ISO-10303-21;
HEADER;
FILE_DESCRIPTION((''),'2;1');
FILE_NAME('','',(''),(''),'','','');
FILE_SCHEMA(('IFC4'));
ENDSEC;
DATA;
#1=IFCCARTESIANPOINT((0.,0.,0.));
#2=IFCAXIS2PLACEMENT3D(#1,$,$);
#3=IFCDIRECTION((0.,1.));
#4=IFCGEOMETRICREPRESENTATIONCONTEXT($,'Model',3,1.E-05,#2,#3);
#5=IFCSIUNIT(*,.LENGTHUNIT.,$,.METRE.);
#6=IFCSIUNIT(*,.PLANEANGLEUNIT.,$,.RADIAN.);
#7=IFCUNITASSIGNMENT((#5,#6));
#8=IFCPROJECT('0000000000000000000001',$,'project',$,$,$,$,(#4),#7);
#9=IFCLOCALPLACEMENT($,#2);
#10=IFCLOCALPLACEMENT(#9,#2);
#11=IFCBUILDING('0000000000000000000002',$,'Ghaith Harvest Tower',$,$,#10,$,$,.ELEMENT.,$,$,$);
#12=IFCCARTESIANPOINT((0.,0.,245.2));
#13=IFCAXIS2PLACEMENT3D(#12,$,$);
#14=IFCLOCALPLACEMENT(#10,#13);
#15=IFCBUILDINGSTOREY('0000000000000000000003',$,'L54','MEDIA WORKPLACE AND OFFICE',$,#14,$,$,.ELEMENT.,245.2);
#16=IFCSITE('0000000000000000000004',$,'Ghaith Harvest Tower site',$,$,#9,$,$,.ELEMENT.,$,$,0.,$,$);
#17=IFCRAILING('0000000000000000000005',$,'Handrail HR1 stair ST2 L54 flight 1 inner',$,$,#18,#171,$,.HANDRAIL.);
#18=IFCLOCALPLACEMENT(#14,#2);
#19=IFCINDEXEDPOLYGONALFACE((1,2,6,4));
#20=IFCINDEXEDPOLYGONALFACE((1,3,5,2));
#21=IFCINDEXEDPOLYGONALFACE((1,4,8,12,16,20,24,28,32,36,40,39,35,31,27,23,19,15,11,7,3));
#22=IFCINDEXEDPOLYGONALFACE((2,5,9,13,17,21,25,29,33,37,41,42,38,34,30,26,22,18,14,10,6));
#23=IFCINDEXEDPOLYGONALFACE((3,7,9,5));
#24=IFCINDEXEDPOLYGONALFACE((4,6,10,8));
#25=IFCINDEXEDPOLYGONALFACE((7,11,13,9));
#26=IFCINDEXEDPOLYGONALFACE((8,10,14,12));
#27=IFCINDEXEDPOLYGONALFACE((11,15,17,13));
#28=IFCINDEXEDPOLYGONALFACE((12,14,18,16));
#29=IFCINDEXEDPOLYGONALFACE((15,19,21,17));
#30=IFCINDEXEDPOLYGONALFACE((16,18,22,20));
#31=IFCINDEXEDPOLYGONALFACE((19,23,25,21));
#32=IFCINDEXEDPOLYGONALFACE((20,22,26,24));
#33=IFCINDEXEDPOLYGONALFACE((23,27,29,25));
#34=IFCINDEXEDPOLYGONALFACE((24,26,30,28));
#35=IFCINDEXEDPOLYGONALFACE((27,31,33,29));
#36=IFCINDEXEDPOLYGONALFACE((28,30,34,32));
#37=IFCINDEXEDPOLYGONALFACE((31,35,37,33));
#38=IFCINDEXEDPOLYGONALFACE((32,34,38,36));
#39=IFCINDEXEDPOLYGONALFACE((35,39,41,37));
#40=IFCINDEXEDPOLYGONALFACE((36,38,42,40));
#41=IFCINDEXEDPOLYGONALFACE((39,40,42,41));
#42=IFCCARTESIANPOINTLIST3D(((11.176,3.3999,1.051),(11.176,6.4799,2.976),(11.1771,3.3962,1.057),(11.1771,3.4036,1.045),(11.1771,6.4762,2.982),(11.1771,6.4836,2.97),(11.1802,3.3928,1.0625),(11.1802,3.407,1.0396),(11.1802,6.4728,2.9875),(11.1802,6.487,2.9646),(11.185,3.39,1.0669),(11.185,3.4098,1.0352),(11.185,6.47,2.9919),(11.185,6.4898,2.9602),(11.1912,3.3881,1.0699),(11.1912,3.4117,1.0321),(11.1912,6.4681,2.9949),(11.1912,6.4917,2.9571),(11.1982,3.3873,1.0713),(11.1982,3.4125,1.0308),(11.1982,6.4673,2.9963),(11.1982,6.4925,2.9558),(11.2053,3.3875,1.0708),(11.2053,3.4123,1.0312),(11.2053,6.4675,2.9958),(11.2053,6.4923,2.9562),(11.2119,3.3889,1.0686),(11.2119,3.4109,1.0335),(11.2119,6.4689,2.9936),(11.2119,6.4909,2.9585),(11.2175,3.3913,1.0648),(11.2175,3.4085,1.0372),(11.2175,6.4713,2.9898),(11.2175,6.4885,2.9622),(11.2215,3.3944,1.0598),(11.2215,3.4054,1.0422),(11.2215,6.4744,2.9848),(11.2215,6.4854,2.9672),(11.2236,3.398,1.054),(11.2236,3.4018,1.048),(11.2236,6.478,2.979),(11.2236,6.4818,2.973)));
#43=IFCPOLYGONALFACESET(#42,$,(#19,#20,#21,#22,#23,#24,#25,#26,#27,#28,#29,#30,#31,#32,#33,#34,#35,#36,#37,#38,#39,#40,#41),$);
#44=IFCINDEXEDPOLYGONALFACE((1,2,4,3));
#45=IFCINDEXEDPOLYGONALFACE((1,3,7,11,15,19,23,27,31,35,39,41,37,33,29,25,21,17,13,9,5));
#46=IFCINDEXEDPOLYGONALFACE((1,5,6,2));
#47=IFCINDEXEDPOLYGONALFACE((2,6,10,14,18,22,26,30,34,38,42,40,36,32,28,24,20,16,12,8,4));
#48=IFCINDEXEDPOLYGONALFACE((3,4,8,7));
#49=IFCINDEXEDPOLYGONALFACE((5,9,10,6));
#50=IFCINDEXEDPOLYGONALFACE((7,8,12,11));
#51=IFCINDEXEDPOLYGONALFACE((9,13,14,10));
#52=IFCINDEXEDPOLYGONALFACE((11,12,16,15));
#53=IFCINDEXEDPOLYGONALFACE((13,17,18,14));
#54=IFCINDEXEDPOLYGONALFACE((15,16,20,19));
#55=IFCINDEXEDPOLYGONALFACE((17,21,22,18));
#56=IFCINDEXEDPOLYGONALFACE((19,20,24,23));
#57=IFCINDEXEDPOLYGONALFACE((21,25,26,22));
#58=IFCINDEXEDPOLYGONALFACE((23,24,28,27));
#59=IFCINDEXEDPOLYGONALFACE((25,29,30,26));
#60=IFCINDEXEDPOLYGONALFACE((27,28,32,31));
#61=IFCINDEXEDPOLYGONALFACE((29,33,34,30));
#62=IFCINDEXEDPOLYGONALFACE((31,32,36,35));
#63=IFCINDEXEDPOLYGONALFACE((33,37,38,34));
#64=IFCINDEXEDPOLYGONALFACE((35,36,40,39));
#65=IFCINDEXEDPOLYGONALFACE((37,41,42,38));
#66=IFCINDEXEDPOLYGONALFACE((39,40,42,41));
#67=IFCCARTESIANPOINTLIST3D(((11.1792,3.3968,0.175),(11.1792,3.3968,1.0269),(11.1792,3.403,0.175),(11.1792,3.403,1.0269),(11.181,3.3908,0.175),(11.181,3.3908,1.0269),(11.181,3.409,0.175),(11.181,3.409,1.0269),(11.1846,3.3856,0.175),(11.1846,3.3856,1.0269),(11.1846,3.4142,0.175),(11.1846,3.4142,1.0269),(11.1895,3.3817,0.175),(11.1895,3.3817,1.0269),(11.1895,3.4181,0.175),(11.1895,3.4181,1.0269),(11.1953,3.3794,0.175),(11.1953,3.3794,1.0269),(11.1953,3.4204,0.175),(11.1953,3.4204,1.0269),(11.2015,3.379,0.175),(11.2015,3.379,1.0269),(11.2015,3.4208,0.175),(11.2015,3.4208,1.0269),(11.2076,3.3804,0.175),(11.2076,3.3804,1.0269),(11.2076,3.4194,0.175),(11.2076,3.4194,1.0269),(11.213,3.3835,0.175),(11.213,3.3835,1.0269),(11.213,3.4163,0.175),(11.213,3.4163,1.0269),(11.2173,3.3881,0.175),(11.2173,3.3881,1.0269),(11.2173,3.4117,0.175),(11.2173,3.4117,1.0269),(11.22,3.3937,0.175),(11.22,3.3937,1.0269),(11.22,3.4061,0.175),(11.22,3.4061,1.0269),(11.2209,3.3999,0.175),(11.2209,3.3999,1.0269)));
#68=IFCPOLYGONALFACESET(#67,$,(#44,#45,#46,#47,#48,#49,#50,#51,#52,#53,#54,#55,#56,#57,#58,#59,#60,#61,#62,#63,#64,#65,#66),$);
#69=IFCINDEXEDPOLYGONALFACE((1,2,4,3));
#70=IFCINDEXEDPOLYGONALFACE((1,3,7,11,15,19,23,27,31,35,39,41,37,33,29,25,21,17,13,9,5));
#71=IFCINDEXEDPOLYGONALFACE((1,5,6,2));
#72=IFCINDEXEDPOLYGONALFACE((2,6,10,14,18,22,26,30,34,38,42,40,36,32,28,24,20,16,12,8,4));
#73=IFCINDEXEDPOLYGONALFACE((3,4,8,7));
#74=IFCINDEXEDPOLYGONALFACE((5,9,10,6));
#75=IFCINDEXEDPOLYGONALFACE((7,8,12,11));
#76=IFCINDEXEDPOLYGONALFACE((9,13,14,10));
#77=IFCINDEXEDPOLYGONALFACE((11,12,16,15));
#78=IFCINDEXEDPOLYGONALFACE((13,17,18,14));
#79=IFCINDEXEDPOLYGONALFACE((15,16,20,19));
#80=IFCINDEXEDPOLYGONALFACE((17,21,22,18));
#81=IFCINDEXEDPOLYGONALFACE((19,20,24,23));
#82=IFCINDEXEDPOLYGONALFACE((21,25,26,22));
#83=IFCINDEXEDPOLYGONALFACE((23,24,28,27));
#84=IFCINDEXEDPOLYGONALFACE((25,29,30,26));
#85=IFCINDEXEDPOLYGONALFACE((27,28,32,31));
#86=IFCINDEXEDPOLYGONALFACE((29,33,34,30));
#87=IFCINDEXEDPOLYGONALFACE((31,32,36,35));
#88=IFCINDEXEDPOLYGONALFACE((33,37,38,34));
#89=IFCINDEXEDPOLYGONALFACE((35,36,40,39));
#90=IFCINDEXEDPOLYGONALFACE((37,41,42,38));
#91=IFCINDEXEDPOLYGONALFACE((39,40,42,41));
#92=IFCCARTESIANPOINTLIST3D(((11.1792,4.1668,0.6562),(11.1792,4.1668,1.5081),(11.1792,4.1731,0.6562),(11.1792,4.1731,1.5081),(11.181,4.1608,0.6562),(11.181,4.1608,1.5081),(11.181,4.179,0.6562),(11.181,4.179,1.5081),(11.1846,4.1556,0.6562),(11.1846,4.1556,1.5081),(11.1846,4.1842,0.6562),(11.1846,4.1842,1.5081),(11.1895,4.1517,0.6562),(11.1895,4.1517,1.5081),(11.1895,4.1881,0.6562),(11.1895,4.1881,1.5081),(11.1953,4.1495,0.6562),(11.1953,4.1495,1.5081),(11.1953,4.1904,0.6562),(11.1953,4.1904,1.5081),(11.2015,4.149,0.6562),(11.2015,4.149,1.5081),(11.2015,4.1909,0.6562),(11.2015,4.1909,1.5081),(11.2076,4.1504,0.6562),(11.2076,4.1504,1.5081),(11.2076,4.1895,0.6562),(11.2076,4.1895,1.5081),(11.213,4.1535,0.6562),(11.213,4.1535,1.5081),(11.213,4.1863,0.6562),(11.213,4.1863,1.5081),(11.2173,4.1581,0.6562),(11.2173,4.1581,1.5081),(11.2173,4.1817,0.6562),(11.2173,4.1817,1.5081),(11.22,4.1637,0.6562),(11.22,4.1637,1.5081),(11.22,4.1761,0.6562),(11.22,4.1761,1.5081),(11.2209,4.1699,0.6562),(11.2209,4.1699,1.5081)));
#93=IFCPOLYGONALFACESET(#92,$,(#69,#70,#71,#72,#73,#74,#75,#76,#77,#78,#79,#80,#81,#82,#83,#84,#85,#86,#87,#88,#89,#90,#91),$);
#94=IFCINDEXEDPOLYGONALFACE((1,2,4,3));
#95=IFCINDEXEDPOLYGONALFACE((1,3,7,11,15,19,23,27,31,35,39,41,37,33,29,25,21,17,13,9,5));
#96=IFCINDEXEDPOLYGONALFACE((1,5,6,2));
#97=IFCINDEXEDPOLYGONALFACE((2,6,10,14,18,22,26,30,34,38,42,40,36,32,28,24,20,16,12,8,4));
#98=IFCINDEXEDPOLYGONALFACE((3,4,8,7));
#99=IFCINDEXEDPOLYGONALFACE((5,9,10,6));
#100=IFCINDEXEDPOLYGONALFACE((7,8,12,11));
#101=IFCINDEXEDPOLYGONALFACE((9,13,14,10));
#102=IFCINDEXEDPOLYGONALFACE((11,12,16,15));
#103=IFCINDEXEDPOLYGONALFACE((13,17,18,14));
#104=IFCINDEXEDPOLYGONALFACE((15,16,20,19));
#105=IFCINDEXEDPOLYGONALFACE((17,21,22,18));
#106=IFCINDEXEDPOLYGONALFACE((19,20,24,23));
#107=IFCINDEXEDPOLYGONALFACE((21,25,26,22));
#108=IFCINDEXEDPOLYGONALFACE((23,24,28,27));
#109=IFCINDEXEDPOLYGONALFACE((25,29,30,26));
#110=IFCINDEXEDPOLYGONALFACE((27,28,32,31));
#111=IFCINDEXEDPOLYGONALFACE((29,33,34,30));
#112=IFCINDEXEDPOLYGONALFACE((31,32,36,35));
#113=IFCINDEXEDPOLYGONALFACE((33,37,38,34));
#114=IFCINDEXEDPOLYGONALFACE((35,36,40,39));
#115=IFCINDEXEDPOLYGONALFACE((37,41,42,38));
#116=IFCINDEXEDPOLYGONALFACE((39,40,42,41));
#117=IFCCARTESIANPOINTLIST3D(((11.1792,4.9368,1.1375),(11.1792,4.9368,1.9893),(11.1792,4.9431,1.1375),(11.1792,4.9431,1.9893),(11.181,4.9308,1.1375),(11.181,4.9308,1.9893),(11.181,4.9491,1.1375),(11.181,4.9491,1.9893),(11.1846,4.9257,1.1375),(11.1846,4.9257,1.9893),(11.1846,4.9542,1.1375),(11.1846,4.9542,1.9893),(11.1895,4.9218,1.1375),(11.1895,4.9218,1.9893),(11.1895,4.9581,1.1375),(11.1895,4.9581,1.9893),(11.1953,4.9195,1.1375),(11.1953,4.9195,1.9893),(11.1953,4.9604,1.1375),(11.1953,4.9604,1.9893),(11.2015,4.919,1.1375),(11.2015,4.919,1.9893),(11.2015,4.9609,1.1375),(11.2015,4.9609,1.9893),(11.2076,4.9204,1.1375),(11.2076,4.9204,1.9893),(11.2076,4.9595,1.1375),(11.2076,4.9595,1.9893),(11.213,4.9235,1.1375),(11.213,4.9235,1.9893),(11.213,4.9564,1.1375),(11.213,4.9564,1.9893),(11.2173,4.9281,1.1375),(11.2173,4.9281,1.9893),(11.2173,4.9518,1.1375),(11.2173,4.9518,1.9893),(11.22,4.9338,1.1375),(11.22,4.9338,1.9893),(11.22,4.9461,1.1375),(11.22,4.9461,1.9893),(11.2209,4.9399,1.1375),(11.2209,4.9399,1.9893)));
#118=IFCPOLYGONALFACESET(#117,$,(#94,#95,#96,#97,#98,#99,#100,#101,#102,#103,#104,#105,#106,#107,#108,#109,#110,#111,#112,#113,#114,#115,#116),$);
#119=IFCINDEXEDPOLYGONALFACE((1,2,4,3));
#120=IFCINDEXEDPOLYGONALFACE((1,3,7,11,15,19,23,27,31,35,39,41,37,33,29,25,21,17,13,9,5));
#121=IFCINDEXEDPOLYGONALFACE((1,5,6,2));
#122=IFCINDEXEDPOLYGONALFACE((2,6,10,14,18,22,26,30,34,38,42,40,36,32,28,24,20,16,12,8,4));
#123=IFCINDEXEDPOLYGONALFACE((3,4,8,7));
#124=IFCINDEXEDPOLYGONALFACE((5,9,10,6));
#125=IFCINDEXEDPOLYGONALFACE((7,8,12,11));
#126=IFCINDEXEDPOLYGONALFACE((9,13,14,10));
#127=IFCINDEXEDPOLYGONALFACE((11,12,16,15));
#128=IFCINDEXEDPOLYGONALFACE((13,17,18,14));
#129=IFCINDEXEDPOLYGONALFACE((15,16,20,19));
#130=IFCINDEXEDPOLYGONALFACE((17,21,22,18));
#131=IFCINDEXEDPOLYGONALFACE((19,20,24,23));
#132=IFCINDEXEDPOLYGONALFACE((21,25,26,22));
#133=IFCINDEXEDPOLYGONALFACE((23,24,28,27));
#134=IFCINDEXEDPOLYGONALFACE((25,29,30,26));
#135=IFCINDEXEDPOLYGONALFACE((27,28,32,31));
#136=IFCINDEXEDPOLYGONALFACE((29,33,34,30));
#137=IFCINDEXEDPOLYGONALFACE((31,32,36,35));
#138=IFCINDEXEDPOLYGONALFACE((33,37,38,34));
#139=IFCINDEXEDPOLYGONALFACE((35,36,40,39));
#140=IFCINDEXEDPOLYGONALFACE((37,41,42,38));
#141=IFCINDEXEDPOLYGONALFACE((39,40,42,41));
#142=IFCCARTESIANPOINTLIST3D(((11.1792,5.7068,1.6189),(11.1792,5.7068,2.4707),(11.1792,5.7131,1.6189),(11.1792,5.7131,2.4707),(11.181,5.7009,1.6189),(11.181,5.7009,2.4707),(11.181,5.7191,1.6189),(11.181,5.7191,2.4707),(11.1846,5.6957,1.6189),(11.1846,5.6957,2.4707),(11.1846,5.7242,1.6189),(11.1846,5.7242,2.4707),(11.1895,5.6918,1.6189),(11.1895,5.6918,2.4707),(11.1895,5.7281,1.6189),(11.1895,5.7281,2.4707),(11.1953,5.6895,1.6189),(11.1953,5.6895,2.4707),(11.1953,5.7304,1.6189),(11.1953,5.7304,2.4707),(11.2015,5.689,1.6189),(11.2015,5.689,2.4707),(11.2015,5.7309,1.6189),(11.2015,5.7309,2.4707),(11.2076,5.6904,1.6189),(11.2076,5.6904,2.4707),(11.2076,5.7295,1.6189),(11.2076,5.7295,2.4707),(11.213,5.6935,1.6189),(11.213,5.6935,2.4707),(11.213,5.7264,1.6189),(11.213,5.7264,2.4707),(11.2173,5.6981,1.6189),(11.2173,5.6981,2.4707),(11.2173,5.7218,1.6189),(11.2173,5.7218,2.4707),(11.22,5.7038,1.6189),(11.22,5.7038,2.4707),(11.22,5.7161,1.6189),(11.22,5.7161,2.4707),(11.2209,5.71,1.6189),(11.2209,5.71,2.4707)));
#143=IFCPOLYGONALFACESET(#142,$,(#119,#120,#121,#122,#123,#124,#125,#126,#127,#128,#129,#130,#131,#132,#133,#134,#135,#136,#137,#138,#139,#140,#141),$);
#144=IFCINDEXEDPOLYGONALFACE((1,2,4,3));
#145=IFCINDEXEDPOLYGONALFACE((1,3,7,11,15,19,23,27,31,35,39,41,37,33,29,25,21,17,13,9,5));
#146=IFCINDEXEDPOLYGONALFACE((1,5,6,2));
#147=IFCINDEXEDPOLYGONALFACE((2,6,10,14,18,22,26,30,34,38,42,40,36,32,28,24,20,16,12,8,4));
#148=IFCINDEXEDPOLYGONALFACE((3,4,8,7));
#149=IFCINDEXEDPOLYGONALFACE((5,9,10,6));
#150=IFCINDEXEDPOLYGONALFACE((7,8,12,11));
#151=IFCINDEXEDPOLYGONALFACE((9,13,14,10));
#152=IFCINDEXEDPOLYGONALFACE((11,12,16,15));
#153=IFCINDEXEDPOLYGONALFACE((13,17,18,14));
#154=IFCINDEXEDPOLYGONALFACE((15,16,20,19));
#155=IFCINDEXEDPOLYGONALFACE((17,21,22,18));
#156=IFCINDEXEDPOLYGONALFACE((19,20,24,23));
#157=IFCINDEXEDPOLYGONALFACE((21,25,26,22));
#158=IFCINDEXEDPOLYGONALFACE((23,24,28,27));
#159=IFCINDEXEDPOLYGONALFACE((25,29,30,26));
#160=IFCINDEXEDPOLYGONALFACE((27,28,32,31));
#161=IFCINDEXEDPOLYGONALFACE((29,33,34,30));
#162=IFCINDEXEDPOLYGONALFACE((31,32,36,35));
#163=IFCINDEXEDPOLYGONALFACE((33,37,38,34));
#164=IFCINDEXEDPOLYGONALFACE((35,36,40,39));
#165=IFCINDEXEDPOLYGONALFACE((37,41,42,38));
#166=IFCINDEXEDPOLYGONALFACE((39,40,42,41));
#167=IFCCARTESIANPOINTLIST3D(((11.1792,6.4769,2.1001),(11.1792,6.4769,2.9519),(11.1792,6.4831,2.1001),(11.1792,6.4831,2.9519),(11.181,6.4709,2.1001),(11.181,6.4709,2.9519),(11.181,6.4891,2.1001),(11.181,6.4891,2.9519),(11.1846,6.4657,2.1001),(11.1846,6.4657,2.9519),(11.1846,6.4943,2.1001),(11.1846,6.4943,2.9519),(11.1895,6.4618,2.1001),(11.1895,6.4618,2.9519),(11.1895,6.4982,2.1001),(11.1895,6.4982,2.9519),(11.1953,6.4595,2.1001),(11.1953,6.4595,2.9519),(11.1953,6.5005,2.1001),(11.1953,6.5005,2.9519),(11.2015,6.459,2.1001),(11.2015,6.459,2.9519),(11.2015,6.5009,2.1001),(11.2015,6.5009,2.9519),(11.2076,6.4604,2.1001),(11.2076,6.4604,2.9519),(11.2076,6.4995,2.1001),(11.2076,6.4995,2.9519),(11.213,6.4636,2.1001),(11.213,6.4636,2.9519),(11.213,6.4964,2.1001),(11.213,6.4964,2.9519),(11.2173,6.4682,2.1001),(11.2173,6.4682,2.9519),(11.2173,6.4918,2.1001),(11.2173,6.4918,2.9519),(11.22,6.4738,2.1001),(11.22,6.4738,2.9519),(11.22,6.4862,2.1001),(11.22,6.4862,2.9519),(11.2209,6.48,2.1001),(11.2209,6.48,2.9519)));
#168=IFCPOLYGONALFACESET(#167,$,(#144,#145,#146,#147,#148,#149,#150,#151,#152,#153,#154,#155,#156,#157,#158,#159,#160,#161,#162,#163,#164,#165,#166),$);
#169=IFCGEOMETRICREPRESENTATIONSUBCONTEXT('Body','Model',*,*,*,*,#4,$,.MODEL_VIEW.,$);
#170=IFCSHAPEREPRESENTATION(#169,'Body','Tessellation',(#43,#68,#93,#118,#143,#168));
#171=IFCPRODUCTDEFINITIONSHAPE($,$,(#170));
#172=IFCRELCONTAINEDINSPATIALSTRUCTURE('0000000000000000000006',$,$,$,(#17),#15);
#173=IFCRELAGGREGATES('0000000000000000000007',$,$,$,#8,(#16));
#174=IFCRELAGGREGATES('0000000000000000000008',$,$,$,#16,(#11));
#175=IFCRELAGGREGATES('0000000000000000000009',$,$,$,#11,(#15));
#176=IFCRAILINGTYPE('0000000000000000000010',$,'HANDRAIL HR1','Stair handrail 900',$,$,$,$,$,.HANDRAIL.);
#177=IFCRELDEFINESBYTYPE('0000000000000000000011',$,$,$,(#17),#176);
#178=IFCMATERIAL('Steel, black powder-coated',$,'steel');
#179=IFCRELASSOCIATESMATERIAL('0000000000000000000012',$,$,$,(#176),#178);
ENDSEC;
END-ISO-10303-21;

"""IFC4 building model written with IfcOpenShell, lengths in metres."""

from ifc_helpers import new_model, si_unit, direction, frame, origin, origin_2d, place, context, subcontext, project, spatial, circle, extrude, material, type_object, element, save


model = new_model("IFC4")

# Units and contexts
model_context = context("Model", 3, precision=1e-05, world=origin(), true_north=direction((0.0, 1.0)))
body_context = subcontext(model_context, "Body", "Model", "MODEL_VIEW")
ifc_project = project(units=[si_unit("LENGTHUNIT", "METRE"), si_unit("PLANEANGLEUNIT", "RADIAN")], contexts=[model_context])

# Site, building, storey
site_placement = place(None, origin())
site = spatial("IfcSite", under=ifc_project, at=site_placement, Name="Ghaith Harvest Tower site", CompositionType="ELEMENT", RefElevation=0.0)
building_placement = place(site_placement, origin())
building = spatial("IfcBuilding", under=site, at=building_placement, Name="Ghaith Harvest Tower", CompositionType="ELEMENT")
storey_placement = place(building_placement, frame((0.0, 0.0, 245.2)))
storey = spatial("IfcBuildingStorey", under=building, at=storey_placement, Name="L54", Description="MEDIA WORKPLACE AND OFFICE", CompositionType="ELEMENT", Elevation=245.2)

# Railing
ifc_material_1 = material(Name="Steel, black powder-coated", Category="steel")
railing_type = type_object("IfcRailingType", Name="HANDRAIL HR1", Description="Stair handrail 900", PredefinedType="HANDRAIL", material=ifc_material_1)
railing_1_placement = place(storey_placement, frame((11.2, 3.3999, 0.175)))
element("IfcRailing", 1, at=railing_1_placement, inside=storey, type_object=railing_type, Name="Handrail HR1 stair ST2 L54 flight 1 inner", PredefinedType="HANDRAIL", context=body_context, shape_type="SweptSolid", body=[
    extrude(circle(Radius=0.0239, at=origin_2d()), frame((0.0, 0.0, 0.876), z_axis=(0.0, 0.847998, 0.529999), x_axis=(-1.0, 0.0, 0.0)), (0.0, 0.0, 1.0), 3.6321),
    extrude(circle(Radius=0.021, at=origin_2d()), origin(), (0.0, 0.0, 1.0), 0.8518),
    extrude(circle(Radius=0.021, at=origin_2d()), frame((0.0, 0.77, 0.4812)), (0.0, 0.0, 1.0), 0.8518),
    extrude(circle(Radius=0.021, at=origin_2d()), frame((0.0, 1.54, 0.9624)), (0.0, 0.0, 1.0), 0.8518),
    extrude(circle(Radius=0.021, at=origin_2d()), frame((0.0, 2.3101, 1.4438)), (0.0, 0.0, 1.0), 0.8518),
    extrude(circle(Radius=0.021, at=origin_2d()), frame((0.0, 3.0801, 1.925)), (0.0, 0.0, 1.0), 0.8518),
])

save(model, "model.ifc")
